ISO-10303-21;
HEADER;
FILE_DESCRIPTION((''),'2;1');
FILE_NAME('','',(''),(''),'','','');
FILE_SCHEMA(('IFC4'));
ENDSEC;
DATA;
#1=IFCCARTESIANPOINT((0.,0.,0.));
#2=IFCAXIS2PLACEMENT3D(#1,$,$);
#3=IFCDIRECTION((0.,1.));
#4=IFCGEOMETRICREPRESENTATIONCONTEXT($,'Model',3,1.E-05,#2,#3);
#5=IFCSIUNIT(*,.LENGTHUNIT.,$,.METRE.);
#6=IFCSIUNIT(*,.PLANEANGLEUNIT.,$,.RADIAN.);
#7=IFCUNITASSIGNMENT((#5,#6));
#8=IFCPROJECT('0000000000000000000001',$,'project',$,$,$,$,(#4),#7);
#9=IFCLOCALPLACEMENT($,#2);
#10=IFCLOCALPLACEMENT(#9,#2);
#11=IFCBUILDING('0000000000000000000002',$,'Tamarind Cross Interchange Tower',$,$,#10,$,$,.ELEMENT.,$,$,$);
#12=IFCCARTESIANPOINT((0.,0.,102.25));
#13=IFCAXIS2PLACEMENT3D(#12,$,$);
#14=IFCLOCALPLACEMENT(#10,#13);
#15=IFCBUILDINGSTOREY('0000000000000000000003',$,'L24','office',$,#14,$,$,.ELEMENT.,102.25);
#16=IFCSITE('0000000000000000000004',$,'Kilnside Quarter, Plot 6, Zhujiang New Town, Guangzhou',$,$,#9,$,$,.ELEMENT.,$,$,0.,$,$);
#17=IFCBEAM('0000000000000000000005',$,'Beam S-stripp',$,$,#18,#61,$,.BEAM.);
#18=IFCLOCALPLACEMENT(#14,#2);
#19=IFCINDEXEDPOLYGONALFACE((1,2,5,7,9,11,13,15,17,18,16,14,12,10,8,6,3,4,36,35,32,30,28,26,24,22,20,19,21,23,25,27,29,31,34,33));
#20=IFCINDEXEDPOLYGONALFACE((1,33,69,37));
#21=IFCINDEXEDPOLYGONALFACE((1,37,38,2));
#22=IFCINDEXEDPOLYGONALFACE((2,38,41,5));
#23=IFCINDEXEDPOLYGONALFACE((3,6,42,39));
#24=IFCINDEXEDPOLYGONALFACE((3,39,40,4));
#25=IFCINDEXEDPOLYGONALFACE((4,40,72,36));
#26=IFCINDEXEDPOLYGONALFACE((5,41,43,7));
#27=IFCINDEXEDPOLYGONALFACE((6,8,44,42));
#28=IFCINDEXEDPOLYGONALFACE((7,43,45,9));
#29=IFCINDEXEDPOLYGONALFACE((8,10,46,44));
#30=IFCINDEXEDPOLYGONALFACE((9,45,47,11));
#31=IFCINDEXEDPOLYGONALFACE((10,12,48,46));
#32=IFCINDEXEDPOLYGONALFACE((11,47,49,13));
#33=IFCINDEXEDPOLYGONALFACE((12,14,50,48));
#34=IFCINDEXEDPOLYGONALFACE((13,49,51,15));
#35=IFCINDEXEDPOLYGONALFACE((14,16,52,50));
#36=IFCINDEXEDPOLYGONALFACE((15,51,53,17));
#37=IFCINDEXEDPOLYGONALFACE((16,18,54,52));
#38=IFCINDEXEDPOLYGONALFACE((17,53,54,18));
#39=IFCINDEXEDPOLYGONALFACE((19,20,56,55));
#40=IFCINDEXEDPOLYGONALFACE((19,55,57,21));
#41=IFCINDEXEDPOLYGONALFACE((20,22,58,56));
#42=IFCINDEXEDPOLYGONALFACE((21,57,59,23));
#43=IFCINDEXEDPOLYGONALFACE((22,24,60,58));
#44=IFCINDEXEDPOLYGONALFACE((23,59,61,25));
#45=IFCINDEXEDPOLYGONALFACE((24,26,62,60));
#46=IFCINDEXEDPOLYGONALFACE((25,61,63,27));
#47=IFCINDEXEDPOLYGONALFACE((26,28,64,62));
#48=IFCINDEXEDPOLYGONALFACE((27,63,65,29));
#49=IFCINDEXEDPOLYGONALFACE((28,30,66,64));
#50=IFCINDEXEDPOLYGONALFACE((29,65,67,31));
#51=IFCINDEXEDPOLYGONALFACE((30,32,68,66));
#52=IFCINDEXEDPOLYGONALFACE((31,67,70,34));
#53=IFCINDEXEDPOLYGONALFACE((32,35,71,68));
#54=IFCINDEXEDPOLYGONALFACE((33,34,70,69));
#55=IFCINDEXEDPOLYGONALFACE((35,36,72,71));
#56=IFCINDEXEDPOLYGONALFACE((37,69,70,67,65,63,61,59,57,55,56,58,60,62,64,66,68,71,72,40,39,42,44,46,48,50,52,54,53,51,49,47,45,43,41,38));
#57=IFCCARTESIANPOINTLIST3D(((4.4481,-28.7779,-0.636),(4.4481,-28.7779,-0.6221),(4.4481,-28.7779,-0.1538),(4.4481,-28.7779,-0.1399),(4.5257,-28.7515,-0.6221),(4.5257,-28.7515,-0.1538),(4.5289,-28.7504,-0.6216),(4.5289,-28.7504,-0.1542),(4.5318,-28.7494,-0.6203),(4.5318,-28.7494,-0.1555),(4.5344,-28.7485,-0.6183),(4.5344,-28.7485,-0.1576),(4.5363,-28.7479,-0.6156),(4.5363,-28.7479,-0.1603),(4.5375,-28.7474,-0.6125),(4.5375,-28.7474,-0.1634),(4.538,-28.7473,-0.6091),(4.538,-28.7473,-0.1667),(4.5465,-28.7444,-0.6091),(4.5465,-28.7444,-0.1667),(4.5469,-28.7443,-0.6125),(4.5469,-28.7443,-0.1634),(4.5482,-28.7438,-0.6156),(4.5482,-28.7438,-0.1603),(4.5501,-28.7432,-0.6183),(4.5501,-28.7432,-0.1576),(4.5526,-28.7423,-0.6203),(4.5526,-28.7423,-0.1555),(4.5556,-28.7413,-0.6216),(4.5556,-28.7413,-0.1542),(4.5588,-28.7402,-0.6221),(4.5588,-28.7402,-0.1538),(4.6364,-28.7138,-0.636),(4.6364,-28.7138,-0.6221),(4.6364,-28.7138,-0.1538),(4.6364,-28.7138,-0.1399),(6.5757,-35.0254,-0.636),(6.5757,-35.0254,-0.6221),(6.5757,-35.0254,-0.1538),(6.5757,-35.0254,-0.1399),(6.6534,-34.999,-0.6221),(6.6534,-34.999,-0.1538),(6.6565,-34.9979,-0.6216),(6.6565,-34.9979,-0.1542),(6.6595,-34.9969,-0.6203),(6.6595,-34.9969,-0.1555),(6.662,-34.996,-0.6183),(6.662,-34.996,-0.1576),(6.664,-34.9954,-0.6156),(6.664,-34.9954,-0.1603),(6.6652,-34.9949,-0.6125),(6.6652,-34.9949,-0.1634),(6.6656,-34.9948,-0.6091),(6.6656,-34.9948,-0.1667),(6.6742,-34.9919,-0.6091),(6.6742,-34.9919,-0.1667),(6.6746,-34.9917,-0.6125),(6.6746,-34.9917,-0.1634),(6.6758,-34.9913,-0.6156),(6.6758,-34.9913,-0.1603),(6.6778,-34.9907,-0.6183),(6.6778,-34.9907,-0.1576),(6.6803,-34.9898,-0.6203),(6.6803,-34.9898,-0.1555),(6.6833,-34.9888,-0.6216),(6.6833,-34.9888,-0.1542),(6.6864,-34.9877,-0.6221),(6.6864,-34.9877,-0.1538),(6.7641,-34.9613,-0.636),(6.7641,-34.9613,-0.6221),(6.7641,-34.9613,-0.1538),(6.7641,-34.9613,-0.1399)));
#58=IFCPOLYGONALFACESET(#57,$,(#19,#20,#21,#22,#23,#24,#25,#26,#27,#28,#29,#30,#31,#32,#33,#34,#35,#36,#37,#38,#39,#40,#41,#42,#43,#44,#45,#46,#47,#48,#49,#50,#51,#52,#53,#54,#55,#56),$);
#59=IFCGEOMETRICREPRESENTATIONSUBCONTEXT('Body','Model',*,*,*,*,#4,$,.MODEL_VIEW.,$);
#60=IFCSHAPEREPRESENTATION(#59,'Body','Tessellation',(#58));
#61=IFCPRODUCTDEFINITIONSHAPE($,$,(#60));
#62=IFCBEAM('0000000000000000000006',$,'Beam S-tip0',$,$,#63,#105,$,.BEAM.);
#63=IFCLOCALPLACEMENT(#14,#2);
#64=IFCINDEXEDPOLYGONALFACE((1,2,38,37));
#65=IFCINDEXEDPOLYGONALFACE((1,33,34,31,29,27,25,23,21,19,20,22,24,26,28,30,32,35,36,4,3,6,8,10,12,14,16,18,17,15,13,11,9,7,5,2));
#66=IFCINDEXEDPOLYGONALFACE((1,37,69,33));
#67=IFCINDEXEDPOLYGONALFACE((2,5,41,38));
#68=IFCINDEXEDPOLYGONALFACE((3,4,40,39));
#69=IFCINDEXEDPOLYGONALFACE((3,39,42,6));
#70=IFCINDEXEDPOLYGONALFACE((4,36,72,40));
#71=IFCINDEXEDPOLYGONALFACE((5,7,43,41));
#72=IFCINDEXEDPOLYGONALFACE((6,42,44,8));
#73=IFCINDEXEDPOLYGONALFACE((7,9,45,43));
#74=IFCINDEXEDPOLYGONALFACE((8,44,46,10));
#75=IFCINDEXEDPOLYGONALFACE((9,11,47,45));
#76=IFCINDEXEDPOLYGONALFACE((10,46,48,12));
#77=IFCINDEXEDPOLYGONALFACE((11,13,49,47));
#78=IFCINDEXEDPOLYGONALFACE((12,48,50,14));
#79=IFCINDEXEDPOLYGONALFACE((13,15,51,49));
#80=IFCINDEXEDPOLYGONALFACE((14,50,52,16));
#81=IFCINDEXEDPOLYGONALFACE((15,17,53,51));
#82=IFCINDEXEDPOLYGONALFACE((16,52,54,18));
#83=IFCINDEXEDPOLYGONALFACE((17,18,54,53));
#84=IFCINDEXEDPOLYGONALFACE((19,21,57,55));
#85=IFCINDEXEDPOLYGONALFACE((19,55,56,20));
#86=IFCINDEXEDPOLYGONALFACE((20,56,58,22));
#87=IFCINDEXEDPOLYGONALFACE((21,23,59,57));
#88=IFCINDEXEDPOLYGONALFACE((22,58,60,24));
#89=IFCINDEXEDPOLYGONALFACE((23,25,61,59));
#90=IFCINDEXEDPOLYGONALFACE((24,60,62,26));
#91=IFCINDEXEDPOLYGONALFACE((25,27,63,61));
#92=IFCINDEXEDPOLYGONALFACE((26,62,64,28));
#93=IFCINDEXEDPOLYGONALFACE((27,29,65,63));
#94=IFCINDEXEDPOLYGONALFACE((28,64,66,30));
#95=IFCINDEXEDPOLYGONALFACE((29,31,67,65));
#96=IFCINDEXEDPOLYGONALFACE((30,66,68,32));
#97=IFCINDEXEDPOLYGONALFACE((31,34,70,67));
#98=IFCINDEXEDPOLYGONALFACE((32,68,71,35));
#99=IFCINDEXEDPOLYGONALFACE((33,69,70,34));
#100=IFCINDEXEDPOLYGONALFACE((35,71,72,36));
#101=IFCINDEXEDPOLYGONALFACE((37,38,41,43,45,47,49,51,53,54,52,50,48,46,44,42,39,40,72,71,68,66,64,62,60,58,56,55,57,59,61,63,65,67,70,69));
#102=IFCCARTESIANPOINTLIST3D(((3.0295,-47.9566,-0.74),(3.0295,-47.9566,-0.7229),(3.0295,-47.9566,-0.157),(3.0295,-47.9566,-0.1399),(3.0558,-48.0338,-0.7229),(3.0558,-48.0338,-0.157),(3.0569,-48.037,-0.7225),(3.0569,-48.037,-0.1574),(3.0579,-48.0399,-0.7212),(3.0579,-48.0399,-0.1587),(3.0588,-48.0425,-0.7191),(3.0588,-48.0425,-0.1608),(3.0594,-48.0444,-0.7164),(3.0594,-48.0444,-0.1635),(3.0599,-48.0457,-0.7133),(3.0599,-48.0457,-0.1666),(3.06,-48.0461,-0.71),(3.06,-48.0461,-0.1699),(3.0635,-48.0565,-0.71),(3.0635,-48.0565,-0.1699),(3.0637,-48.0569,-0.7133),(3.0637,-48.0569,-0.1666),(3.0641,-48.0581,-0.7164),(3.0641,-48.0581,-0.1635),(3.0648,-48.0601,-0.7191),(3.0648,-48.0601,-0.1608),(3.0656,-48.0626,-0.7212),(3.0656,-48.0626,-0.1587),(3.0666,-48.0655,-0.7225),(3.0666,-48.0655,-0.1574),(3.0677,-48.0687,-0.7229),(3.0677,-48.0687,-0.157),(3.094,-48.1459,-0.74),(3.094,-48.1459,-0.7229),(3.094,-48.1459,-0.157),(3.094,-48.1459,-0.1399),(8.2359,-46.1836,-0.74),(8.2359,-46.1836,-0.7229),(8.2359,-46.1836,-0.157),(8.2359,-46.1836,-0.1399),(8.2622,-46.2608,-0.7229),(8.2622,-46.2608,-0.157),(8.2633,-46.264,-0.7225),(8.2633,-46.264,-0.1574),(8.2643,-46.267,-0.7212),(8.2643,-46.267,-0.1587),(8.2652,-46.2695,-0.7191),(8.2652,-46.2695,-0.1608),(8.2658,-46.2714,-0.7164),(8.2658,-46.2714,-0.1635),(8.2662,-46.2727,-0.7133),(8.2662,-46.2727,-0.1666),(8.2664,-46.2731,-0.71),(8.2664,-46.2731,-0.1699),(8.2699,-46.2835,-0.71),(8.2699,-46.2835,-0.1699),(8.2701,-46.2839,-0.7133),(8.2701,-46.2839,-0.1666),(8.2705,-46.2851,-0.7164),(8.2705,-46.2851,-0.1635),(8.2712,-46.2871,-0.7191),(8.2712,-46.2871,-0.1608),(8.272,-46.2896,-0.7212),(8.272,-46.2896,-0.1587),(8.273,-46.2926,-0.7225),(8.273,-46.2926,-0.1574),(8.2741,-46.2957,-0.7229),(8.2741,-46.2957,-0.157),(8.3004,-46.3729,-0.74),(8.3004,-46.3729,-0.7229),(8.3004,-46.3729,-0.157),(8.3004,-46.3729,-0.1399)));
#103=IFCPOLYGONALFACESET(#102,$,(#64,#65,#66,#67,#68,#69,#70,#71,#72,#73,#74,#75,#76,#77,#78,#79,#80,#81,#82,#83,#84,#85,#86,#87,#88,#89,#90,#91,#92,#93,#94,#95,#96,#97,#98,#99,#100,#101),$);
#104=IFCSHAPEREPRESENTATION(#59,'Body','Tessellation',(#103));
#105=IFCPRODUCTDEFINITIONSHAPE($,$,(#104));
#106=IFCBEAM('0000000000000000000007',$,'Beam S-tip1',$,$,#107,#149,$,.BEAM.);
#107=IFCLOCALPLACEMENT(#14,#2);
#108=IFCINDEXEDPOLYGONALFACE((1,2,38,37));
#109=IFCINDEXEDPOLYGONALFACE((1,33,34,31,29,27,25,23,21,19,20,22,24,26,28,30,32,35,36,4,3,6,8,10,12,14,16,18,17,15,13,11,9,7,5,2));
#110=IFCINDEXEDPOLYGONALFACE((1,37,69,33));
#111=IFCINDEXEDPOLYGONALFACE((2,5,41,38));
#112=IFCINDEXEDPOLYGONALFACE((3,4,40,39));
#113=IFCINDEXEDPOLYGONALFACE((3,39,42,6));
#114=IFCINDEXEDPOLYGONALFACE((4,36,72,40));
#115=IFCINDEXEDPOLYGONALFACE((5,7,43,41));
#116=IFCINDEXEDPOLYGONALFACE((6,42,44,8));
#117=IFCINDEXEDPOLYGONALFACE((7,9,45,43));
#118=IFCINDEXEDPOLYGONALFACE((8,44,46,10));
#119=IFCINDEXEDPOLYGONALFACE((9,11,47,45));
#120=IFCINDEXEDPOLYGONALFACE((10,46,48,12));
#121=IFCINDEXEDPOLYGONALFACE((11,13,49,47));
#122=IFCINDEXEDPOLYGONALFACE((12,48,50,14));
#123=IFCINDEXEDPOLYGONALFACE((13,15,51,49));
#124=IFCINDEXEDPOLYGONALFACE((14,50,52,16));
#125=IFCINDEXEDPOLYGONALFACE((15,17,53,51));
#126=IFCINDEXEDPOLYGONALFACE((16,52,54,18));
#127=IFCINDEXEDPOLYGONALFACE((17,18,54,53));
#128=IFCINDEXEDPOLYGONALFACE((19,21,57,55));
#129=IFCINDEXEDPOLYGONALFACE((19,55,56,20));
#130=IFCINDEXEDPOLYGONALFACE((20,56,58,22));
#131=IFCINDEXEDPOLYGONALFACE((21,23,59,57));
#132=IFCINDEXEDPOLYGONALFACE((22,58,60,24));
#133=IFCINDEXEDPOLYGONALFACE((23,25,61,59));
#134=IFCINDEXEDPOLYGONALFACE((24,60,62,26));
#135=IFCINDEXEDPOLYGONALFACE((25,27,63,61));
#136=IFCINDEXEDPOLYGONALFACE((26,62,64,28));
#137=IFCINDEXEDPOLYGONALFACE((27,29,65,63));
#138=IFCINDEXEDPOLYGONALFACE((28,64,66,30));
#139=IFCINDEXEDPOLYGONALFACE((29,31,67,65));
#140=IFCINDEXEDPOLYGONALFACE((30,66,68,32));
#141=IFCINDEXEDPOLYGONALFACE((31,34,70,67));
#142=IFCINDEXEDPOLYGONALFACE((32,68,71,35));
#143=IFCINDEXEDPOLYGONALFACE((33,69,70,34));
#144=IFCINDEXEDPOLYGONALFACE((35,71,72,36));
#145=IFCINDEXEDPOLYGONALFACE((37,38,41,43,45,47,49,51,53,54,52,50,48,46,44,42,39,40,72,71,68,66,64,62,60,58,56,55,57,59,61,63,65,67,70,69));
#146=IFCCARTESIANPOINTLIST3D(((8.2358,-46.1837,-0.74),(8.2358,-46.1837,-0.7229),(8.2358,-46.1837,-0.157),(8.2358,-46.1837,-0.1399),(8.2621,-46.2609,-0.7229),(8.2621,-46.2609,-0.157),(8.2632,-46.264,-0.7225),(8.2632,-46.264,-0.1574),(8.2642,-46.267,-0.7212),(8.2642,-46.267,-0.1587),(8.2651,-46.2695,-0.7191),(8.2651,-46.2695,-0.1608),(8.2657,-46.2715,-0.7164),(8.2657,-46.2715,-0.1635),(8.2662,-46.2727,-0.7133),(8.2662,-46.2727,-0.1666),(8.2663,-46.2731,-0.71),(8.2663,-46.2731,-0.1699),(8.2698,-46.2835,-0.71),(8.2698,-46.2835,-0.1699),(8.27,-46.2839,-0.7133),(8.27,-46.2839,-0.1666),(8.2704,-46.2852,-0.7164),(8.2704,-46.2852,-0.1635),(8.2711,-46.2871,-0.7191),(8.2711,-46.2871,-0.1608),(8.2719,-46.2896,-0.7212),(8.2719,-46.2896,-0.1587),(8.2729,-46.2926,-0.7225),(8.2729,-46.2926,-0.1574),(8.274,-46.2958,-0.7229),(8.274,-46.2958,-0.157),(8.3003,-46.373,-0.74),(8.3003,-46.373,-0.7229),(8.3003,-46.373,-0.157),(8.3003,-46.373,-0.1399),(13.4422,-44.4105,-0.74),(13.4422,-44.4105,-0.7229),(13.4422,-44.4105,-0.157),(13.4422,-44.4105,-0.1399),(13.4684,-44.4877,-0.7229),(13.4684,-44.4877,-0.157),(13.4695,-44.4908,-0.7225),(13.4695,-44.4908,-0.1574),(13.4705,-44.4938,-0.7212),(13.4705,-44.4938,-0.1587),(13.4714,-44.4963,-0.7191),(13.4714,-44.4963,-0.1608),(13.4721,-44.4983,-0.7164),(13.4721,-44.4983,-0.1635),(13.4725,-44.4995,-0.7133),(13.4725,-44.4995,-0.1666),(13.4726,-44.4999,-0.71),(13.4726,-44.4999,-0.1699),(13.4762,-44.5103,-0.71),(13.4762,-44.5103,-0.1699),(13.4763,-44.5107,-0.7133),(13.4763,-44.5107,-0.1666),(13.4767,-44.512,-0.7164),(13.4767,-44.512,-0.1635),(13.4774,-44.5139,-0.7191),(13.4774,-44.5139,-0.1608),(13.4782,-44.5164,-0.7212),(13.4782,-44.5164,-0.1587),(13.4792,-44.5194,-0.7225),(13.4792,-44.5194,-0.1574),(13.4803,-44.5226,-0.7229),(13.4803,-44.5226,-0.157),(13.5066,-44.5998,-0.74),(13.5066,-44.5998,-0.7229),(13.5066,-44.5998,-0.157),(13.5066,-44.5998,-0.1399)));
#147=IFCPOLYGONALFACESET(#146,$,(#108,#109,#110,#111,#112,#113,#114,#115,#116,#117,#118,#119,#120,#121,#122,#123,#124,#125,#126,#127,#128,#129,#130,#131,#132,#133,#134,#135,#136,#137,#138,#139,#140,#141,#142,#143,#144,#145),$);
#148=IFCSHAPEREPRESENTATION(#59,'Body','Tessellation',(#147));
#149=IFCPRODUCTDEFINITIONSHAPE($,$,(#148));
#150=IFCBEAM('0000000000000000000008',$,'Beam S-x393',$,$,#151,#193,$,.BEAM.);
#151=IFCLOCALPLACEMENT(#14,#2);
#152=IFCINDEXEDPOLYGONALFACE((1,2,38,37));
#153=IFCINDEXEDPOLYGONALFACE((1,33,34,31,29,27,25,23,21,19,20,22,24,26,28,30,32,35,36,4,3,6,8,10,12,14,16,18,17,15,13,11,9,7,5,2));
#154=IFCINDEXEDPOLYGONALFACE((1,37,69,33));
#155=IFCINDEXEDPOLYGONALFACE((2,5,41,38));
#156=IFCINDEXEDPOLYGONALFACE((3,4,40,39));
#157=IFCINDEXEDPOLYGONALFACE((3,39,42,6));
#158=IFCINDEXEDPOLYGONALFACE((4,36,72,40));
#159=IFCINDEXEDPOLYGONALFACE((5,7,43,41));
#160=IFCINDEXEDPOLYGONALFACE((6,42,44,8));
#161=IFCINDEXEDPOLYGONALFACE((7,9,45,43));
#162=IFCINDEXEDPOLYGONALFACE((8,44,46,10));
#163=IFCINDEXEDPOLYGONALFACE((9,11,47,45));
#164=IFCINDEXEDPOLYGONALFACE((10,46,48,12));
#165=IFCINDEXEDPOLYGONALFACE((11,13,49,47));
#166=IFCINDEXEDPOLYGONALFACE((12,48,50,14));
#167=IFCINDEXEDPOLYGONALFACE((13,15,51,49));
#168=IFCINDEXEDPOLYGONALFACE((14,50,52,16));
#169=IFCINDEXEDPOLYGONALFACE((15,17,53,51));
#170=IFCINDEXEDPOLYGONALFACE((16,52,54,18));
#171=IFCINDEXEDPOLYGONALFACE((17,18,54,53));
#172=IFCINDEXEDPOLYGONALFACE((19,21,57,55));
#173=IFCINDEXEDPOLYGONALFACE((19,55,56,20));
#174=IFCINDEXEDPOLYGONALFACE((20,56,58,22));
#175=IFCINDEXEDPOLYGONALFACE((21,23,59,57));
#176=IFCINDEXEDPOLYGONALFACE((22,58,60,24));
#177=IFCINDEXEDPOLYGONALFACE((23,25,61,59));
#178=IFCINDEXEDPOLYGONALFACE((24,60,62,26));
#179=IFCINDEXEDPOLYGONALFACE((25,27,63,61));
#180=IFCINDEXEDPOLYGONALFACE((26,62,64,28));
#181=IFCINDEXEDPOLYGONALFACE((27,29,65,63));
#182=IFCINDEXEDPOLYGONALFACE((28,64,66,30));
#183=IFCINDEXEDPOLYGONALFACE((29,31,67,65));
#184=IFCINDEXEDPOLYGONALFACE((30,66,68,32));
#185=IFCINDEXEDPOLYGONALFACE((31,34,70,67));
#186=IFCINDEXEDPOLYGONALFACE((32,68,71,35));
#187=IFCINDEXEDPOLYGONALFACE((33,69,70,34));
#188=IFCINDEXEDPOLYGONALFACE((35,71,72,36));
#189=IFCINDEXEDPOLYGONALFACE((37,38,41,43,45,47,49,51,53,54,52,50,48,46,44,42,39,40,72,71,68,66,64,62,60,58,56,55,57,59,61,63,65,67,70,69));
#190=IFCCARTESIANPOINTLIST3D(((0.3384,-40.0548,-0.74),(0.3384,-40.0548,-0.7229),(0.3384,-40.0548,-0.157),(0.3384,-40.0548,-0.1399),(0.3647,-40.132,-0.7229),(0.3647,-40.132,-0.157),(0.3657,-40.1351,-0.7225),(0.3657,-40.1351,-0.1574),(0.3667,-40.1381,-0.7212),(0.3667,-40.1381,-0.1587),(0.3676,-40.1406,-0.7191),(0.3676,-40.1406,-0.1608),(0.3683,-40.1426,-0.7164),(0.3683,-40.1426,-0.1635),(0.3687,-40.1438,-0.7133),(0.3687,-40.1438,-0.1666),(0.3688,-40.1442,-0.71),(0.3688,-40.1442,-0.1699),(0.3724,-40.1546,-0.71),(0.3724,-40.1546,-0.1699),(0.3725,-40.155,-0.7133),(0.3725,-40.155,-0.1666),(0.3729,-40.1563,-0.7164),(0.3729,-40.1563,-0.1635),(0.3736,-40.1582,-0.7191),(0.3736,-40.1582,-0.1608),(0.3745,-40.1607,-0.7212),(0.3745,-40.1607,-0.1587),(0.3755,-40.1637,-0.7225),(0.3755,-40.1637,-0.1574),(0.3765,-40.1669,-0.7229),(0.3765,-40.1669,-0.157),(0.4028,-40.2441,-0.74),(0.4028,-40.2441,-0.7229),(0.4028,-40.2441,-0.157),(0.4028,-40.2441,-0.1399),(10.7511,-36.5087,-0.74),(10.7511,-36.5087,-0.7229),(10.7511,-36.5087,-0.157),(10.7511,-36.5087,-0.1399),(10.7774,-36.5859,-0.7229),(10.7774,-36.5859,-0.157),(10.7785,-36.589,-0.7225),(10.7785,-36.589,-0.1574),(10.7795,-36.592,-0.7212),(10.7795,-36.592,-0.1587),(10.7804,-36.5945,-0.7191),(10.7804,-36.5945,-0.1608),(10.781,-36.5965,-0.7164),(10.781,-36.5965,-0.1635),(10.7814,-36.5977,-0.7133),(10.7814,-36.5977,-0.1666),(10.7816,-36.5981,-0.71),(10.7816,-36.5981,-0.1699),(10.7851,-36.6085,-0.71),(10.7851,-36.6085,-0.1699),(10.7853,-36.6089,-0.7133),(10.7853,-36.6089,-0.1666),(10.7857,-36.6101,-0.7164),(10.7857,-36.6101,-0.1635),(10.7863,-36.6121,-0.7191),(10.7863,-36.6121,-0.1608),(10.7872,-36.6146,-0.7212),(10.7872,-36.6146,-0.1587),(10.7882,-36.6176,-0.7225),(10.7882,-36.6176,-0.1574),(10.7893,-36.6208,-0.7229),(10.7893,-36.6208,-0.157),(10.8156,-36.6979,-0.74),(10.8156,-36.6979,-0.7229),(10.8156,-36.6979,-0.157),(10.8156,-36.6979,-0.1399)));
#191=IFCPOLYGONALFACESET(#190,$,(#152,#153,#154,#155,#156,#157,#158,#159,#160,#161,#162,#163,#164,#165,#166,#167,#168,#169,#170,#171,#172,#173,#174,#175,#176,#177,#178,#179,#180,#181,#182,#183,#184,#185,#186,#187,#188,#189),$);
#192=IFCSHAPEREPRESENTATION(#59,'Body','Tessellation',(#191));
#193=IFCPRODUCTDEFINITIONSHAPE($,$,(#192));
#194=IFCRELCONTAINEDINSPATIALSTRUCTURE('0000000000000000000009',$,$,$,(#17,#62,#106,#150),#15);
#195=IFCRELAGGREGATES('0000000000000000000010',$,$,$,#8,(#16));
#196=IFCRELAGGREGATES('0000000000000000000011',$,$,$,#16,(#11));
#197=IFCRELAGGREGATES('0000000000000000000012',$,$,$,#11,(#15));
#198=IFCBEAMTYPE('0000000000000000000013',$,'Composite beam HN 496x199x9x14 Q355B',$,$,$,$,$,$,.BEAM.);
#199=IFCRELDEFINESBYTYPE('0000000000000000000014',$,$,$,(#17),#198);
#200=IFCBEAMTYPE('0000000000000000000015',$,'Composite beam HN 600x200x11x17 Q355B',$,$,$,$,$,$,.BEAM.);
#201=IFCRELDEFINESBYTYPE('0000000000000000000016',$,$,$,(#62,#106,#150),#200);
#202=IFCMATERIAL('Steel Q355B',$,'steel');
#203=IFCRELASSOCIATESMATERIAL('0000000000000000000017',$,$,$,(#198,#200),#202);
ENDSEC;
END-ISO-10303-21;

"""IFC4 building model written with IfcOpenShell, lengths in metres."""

from ifc_helpers import new_model, si_unit, direction, frame, origin, origin_2d, place, context, subcontext, project, spatial, i_section, extrude, material, material_profile, profile_set, type_object, element, save


model = new_model("IFC4")

# Units and contexts
model_context = context("Model", 3, precision=1e-05, world=origin(), true_north=direction((0.0, 1.0)))
body_context = subcontext(model_context, "Body", "Model", "MODEL_VIEW")
ifc_project = project(units=[si_unit("LENGTHUNIT", "METRE"), si_unit("PLANEANGLEUNIT", "RADIAN")], contexts=[model_context])

# Site, building, storey
site_placement = place(None, origin())
site = spatial("IfcSite", under=ifc_project, at=site_placement, Name="Kilnside Quarter, Plot 6, Zhujiang New Town, Guangzhou", CompositionType="ELEMENT", RefElevation=0.0)
building_placement = place(site_placement, origin())
building = spatial("IfcBuilding", under=site, at=building_placement, Name="Tamarind Cross Interchange Tower", CompositionType="ELEMENT")
storey_placement = place(building_placement, frame((0.0, 0.0, 102.25)))
storey = spatial("IfcBuildingStorey", under=building, at=storey_placement, Name="L24", Description="office", CompositionType="ELEMENT", Elevation=102.25)

# Beams
ifc_material_1 = material(Name="Steel Q355B", Category="steel")
ifc_material_profile_1 = material_profile(ifc_material_1, i_section(OverallWidth=0.199, OverallDepth=0.4961, WebThickness=0.009, FlangeThickness=0.0139, FilletRadius=0.0129, at=origin_2d()), Name="HN 496x199x9x14")
ifc_profile_set_1 = profile_set([ifc_material_profile_1], Name="Steel Q355B")
beam_type_1 = type_object("IfcBeamType", Name="Composite beam HN 496x199x9x14 Q355B", PredefinedType="BEAM", material=ifc_profile_set_1)
for number, where, z_axis, x_axis, name in (
    (1, (4.5422, -28.7458, -0.3879), (0.32238, -0.94661, 0.0), (0.94661, 0.32238, 0.0), "Beam S-stripp"),
):
    element("IfcBeam", number, at=place(storey_placement, frame(where, z_axis=z_axis, x_axis=x_axis)), inside=storey, type_object=beam_type_1, Name=name, PredefinedType="BEAM", context=body_context, shape_type="SweptSolid", body=[
        extrude(i_section(OverallWidth=0.199, OverallDepth=0.4961, WebThickness=0.009, FlangeThickness=0.0139, FilletRadius=0.0129, at=origin_2d()), origin(), (0.0, 0.0, 1.0), 6.5999),
    ])
ifc_material_profile_2 = material_profile(ifc_material_1, i_section(OverallWidth=0.2, OverallDepth=0.6001, WebThickness=0.011, FlangeThickness=0.0171, FilletRadius=0.0129, at=origin_2d()), Name="HN 600x200x11x17")
ifc_profile_set_2 = profile_set([ifc_material_profile_2], Name="Steel Q355B")
beam_type_2 = type_object("IfcBeamType", Name="Composite beam HN 600x200x11x17 Q355B", PredefinedType="BEAM", material=ifc_profile_set_2)
for number, where, z_axis, x_axis, name in (
    (2, (3.0618, -48.0513, -0.4399), (0.946617, 0.32236, 0.0), (-0.32236, 0.946617, 0.0), "Beam S-tip0"),
    (3, (8.2681, -46.2783, -0.4399), (0.946604, 0.3224, 0.0), (-0.3224, 0.946604, 0.0), "Beam S-tip1"),
):
    element("IfcBeam", number, at=place(storey_placement, frame(where, z_axis=z_axis, x_axis=x_axis)), inside=storey, type_object=beam_type_2, Name=name, PredefinedType="BEAM", context=body_context, shape_type="SweptSolid", body=[
        extrude(i_section(OverallWidth=0.2, OverallDepth=0.6001, WebThickness=0.011, FlangeThickness=0.0171, FilletRadius=0.0129, at=origin_2d()), origin(), (0.0, 0.0, 1.0), 5.5),
    ])
for number, where, z_axis, x_axis, name in (
    (4, (0.3706, -40.1494, -0.4399), (0.946613, 0.322373, 0.0), (-0.322373, 0.946613, 0.0), "Beam S-x393"),
):
    element("IfcBeam", number, at=place(storey_placement, frame(where, z_axis=z_axis, x_axis=x_axis)), inside=storey, type_object=beam_type_2, Name=name, PredefinedType="BEAM", context=body_context, shape_type="SweptSolid", body=[
        extrude(i_section(OverallWidth=0.2, OverallDepth=0.6001, WebThickness=0.011, FlangeThickness=0.0171, FilletRadius=0.0129, at=origin_2d()), origin(), (0.0, 0.0, 1.0), 11.0),
    ])

save(model, "model.ifc")
